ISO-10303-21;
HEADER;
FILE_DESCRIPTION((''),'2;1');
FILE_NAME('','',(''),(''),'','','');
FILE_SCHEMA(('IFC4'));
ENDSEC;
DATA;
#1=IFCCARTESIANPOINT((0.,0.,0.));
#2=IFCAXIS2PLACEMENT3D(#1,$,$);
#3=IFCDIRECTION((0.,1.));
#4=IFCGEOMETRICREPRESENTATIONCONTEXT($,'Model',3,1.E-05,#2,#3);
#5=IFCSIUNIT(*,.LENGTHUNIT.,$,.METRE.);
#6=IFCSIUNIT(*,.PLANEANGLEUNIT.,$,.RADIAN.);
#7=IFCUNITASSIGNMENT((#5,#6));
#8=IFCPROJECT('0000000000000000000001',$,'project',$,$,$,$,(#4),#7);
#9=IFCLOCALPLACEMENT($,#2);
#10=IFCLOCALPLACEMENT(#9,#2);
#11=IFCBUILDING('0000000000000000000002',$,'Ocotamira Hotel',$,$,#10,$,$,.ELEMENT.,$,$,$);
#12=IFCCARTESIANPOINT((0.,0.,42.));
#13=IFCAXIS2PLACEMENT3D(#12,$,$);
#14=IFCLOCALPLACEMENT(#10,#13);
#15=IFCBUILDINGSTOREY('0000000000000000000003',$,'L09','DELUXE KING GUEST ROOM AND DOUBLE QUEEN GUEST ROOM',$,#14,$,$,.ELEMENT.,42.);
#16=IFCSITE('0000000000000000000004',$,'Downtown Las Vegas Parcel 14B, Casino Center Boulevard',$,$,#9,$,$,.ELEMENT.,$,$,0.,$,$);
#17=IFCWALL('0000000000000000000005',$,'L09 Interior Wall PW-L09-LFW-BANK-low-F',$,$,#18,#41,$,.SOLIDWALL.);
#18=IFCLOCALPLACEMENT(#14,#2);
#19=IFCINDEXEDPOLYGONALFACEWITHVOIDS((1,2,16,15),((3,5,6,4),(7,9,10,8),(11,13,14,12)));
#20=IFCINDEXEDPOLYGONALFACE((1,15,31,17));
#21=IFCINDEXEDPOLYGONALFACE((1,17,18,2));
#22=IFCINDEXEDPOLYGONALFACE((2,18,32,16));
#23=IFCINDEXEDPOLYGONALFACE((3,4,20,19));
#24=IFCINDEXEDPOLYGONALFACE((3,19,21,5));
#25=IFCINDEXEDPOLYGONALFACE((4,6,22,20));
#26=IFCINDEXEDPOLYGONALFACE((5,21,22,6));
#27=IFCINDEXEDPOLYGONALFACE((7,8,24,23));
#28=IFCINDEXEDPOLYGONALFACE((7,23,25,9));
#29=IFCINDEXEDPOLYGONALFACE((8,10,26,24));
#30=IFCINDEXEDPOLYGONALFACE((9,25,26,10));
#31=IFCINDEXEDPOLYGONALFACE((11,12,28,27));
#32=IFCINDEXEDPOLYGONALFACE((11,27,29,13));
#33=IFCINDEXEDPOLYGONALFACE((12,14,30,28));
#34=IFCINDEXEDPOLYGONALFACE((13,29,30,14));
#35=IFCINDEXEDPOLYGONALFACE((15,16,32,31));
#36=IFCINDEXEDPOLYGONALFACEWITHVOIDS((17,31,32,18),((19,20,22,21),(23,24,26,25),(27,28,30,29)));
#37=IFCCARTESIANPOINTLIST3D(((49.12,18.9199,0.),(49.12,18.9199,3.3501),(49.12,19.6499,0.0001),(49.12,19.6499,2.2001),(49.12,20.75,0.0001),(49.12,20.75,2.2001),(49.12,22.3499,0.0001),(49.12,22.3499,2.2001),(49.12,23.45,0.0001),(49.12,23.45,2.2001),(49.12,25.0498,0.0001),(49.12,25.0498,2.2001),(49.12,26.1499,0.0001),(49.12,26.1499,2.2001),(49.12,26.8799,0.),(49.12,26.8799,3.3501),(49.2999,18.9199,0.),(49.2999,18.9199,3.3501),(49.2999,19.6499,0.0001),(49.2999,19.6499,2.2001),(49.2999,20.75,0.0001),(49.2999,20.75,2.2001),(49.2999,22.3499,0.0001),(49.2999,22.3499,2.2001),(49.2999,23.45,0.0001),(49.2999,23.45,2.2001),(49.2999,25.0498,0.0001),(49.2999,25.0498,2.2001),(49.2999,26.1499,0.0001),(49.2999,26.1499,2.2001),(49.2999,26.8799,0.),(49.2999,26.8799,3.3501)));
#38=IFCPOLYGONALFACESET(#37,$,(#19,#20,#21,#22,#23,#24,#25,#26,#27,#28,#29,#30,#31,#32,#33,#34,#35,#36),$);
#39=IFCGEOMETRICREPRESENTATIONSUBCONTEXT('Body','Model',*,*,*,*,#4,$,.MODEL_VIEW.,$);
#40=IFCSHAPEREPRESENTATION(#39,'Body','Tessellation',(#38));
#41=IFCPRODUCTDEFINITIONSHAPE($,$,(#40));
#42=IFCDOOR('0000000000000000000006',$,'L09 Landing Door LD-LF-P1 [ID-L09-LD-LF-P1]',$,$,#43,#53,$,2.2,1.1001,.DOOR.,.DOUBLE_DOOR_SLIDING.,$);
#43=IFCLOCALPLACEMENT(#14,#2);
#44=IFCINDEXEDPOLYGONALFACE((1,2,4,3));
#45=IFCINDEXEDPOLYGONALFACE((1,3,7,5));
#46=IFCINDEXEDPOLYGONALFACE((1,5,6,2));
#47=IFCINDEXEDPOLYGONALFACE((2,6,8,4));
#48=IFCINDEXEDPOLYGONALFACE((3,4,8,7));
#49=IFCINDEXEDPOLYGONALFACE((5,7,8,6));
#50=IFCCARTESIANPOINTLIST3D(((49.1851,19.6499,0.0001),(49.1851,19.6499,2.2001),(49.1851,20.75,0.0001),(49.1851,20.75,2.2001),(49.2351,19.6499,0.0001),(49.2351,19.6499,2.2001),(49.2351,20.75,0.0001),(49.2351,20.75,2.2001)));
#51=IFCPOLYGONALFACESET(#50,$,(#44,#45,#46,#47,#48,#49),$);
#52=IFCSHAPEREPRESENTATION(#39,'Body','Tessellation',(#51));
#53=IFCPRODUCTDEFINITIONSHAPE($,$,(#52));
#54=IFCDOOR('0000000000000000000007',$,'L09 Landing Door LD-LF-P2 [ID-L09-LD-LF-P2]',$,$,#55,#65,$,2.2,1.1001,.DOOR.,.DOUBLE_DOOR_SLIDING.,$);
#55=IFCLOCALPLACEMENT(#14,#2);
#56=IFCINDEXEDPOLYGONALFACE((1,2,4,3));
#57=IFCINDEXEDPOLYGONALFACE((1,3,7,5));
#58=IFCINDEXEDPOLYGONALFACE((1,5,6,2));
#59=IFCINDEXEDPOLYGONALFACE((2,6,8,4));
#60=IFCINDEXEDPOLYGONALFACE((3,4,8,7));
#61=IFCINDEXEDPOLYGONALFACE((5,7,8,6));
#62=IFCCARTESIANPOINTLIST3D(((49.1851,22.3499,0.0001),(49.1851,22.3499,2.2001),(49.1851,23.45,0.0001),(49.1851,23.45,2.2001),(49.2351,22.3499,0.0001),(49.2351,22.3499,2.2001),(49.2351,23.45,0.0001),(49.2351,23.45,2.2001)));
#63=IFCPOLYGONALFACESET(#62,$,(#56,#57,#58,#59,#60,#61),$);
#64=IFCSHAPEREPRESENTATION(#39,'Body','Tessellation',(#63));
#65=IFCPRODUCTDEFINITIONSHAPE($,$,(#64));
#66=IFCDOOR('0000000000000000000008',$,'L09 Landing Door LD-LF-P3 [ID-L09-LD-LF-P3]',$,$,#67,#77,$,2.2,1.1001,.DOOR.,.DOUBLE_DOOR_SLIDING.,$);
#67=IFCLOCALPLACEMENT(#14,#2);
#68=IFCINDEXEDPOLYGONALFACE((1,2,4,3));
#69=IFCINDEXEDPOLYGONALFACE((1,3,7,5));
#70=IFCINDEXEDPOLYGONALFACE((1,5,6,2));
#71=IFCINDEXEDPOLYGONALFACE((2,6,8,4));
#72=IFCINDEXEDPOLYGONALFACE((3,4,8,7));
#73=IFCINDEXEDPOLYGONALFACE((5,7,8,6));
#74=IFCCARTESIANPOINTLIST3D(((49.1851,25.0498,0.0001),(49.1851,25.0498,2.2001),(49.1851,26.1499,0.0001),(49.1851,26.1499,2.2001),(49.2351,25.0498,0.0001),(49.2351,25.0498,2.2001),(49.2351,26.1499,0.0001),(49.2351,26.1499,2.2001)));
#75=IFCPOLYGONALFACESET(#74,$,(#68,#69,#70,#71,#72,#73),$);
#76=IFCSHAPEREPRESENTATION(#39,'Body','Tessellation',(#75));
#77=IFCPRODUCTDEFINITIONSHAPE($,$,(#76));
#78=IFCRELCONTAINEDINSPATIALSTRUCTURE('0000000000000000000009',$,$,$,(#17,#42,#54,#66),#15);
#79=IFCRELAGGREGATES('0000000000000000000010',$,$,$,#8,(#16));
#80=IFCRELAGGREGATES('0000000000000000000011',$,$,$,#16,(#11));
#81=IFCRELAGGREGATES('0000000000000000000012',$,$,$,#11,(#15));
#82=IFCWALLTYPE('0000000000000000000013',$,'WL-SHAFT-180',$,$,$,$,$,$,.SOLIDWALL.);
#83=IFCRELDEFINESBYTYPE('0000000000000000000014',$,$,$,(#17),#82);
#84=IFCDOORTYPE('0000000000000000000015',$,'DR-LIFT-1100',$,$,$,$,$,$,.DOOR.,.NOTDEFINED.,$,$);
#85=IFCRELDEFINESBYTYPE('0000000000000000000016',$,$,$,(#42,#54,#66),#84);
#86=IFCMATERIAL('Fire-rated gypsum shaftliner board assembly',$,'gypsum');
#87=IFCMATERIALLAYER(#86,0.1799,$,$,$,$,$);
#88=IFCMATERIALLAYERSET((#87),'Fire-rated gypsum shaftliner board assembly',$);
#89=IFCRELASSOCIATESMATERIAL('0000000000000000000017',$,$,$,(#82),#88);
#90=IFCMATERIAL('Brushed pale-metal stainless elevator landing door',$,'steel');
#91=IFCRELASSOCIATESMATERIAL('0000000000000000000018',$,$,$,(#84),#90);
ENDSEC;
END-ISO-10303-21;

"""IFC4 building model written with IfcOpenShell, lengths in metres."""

from ifc_helpers import new_model, si_unit, direction, frame, frame_2d, origin, place, context, subcontext, project, spatial, rectangle, extrude, source, transform, mapped, material, layer, layer_set, type_object, element, fill, save


model = new_model("IFC4")

# Units and contexts
model_context = context("Model", 3, precision=1e-05, world=origin(), true_north=direction((0.0, 1.0)))
body_context = subcontext(model_context, "Body", "Model", "MODEL_VIEW")
ifc_project = project(units=[si_unit("LENGTHUNIT", "METRE"), si_unit("PLANEANGLEUNIT", "RADIAN")], contexts=[model_context])

# Site, building, storey
site_placement = place(None, origin())
site = spatial("IfcSite", under=ifc_project, at=site_placement, Name="Downtown Las Vegas Parcel 14B, Casino Center Boulevard", CompositionType="ELEMENT", RefElevation=0.0)
building_placement = place(site_placement, origin())
building = spatial("IfcBuilding", under=site, at=building_placement, Name="Ocotamira Hotel", CompositionType="ELEMENT")
storey_placement = place(building_placement, frame((0.0, 0.0, 42.0)))
storey = spatial("IfcBuildingStorey", under=building, at=storey_placement, Name="L09", Description="DELUXE KING GUEST ROOM AND DOUBLE QUEEN GUEST ROOM", CompositionType="ELEMENT", Elevation=42.0)

# Wall, openings, doors
ifc_material_1 = material(Name="Fire-rated gypsum shaftliner board assembly", Category="gypsum")
ifc_layer_1 = layer(ifc_material_1, 0.1799)
ifc_layer_set_1 = layer_set([ifc_layer_1], Name="Fire-rated gypsum shaftliner board assembly")
wall_type_1 = type_object("IfcWallType", Name="WL-SHAFT-180", PredefinedType="SOLIDWALL", material=ifc_layer_set_1)
wall_1_placement = place(storey_placement, frame((49.21, 18.9199, 0.0), z_axis=(0.0, 0.0, 1.0), x_axis=(0.0, 1.0, 0.0)))
wall_1 = element("IfcWall", 1, at=wall_1_placement, inside=storey, type_object=wall_type_1, Name="L09 Interior Wall PW-L09-LFW-BANK-low-F", PredefinedType="SOLIDWALL", context=body_context, shape_type="SweptSolid", body=[
    extrude(rectangle(XDim=7.96, YDim=0.1799, at=frame_2d((3.98, 0.0))), origin(), (0.0, 0.0, 1.0), 3.3501),
])
opening_1_placement = place(wall_1_placement, frame((0.73, 0.0, 0.0)))
opening_1 = element("IfcOpeningElement", 2, at=opening_1_placement, cuts=wall_1, PredefinedType="OPENING", context=body_context, shape_type="SweptSolid", body=[
    extrude(rectangle(XDim=1.1001, YDim=2.2, at=frame_2d((0.55, 1.1001))), frame((0.0, 0.1001, 0.0), z_axis=(0.0, -1.0, 0.0), x_axis=(1.0, 0.0, 0.0)), (0.0, 0.0, 1.0), 0.2),
])
opening_2_placement = place(wall_1_placement, frame((3.4299, 0.0, 0.0)))
opening_2 = element("IfcOpeningElement", 3, at=opening_2_placement, cuts=wall_1, PredefinedType="OPENING", context=body_context, shape_type="SweptSolid", body=[
    extrude(rectangle(XDim=1.1001, YDim=2.2, at=frame_2d((0.55, 1.1001))), frame((0.0, 0.1001, 0.0), z_axis=(0.0, -1.0, 0.0), x_axis=(1.0, 0.0, 0.0)), (0.0, 0.0, 1.0), 0.2),
])
opening_3_placement = place(wall_1_placement, frame((6.1299, 0.0, 0.0)))
opening_3 = element("IfcOpeningElement", 4, at=opening_3_placement, cuts=wall_1, PredefinedType="OPENING", context=body_context, shape_type="SweptSolid", body=[
    extrude(rectangle(XDim=1.1001, YDim=2.2, at=frame_2d((0.55, 1.1001))), frame((0.0, 0.1001, 0.0), z_axis=(0.0, -1.0, 0.0), x_axis=(1.0, 0.0, 0.0)), (0.0, 0.0, 1.0), 0.2),
])
ifc_material_2 = material(Name="Brushed pale-metal stainless elevator landing door", Category="steel")
door_type = type_object("IfcDoorType", Name="DR-LIFT-1100", OperationType="NOTDEFINED", PredefinedType="DOOR", material=ifc_material_2)
shared_shape_1 = source(origin(), body_context, "Body", "SweptSolid", [
    extrude(rectangle(XDim=1.1001, YDim=2.2, at=frame_2d((0.55, 1.1001))), frame((0.0, 0.0249, 0.0), z_axis=(0.0, -1.0, 0.0), x_axis=(1.0, 0.0, 0.0)), (0.0, 0.0, 1.0), 0.05),
])
door_1_placement = place(opening_1_placement, origin())
door_1 = element("IfcDoor", 5, at=door_1_placement, inside=storey, type_object=door_type, Name="L09 Landing Door LD-LF-P1 [ID-L09-LD-LF-P1]", OperationType="DOUBLE_DOOR_SLIDING", OverallHeight=2.2, OverallWidth=1.1001, PredefinedType="DOOR", context=body_context, shape_type="MappedRepresentation", body=[
    mapped(shared_shape_1, transform((0.0, 0.0, 0.0), scale=1.0)),
])
fill(opening_1, door_1)
door_2_placement = place(opening_2_placement, origin())
door_2 = element("IfcDoor", 6, at=door_2_placement, inside=storey, type_object=door_type, Name="L09 Landing Door LD-LF-P2 [ID-L09-LD-LF-P2]", OperationType="DOUBLE_DOOR_SLIDING", OverallHeight=2.2, OverallWidth=1.1001, PredefinedType="DOOR", context=body_context, shape_type="MappedRepresentation", body=[
    mapped(shared_shape_1, transform((0.0, 0.0, 0.0), scale=1.0)),
])
fill(opening_2, door_2)
door_3_placement = place(opening_3_placement, origin())
door_3 = element("IfcDoor", 7, at=door_3_placement, inside=storey, type_object=door_type, Name="L09 Landing Door LD-LF-P3 [ID-L09-LD-LF-P3]", OperationType="DOUBLE_DOOR_SLIDING", OverallHeight=2.2, OverallWidth=1.1001, PredefinedType="DOOR", context=body_context, shape_type="MappedRepresentation", body=[
    mapped(shared_shape_1, transform((0.0, 0.0, 0.0), scale=1.0)),
])
fill(opening_3, door_3)

save(model, "model.ifc")
